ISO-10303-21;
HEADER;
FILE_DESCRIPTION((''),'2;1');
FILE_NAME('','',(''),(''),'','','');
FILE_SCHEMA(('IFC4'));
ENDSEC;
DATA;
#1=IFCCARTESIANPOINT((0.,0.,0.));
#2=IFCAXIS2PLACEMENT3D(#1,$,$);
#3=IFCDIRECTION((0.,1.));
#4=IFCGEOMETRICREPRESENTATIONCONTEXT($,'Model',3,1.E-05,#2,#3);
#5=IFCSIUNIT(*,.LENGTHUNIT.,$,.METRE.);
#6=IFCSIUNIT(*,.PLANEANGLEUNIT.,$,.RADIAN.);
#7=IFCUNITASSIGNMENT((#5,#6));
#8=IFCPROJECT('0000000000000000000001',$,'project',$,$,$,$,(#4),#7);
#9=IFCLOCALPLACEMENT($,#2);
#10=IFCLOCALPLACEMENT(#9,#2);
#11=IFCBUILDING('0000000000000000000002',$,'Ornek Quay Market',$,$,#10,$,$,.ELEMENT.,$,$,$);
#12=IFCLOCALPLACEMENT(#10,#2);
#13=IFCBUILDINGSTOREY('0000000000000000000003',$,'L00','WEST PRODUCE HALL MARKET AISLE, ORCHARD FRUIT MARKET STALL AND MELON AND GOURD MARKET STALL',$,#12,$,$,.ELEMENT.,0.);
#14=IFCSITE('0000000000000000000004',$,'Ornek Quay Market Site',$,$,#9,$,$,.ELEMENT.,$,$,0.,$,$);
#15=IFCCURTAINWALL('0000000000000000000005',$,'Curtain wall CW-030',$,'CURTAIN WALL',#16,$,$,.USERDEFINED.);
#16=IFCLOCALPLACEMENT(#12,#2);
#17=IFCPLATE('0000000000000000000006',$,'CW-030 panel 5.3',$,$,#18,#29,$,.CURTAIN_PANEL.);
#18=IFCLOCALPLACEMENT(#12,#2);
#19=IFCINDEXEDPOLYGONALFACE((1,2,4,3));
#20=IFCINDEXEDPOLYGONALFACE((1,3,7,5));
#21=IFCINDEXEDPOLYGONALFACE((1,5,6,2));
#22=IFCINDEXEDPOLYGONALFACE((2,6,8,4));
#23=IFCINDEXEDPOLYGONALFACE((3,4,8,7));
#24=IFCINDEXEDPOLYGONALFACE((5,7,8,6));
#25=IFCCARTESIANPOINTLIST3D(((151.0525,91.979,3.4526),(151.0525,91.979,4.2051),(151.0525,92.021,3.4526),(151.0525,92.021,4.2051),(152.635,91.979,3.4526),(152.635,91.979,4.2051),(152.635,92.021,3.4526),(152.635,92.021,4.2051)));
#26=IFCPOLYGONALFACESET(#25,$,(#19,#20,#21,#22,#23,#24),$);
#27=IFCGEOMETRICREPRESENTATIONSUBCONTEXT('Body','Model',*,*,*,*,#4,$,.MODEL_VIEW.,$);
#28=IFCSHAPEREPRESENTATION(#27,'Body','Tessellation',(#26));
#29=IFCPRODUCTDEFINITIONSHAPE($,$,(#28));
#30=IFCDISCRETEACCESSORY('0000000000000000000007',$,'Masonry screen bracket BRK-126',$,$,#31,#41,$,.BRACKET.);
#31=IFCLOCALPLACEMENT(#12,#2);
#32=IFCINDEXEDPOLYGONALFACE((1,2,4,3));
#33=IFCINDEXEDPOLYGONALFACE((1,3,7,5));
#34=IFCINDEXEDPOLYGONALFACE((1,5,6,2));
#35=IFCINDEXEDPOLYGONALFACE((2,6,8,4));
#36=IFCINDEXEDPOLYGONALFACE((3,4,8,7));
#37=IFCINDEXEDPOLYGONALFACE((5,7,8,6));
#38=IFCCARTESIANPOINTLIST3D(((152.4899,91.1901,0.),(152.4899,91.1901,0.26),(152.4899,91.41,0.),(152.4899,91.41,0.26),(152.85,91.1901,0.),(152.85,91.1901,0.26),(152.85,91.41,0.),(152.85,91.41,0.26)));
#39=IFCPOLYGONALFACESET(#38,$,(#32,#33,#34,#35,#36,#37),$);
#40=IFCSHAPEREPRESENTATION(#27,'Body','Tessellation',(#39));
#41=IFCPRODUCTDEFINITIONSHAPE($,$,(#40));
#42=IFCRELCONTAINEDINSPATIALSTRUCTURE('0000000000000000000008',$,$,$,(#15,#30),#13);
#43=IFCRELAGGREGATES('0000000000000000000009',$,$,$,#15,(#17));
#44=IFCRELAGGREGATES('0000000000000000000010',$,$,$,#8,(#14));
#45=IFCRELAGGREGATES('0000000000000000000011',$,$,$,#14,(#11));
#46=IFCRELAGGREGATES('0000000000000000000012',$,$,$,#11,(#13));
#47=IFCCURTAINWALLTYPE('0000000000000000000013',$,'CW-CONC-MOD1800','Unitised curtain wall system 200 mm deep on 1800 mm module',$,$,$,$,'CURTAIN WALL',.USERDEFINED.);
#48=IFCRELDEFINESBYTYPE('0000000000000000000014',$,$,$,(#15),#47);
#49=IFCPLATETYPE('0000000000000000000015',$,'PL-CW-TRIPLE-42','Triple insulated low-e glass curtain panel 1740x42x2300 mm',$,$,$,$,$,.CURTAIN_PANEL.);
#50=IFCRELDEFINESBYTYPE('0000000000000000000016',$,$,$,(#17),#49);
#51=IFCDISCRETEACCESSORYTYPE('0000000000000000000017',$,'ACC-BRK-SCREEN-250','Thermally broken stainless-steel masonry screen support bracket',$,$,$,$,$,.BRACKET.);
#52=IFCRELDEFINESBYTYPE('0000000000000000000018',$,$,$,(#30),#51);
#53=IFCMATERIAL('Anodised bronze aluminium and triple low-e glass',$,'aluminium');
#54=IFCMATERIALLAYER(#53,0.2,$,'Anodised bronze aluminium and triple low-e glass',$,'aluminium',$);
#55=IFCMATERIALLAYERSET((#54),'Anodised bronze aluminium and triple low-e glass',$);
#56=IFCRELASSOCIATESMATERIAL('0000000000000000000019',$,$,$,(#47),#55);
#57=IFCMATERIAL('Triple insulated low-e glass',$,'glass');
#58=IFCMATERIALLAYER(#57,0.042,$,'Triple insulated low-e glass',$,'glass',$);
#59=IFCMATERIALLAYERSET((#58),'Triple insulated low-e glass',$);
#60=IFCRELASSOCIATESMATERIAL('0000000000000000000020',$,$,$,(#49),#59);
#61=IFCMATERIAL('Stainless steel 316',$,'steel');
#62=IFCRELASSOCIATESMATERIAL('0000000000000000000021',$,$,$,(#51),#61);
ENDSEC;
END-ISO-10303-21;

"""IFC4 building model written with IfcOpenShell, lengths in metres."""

from ifc_helpers import new_model, si_unit, direction, frame, origin, origin_2d, place, context, subcontext, project, spatial, rectangle, extrude, material, layer, layer_set, type_object, element, aggregate, save


model = new_model("IFC4")

# Units and contexts
model_context = context("Model", 3, precision=1e-05, world=origin(), true_north=direction((0.0, 1.0)))
body_context = subcontext(model_context, "Body", "Model", "MODEL_VIEW")
ifc_project = project(units=[si_unit("LENGTHUNIT", "METRE"), si_unit("PLANEANGLEUNIT", "RADIAN")], contexts=[model_context])

# Site, building, storey
site_placement = place(None, origin())
site = spatial("IfcSite", under=ifc_project, at=site_placement, Name="Ornek Quay Market Site", CompositionType="ELEMENT", RefElevation=0.0)
building_placement = place(site_placement, origin())
building = spatial("IfcBuilding", under=site, at=building_placement, Name="Ornek Quay Market", CompositionType="ELEMENT")
storey_placement = place(building_placement, origin())
storey = spatial("IfcBuildingStorey", under=building, at=storey_placement, Name="L00", Description="WEST PRODUCE HALL MARKET AISLE, ORCHARD FRUIT MARKET STALL AND MELON AND GOURD MARKET STALL", CompositionType="ELEMENT", Elevation=0.0)

# Curtain wall, plate
ifc_material_1 = material(Name="Anodised bronze aluminium and triple low-e glass", Category="aluminium")
ifc_layer_1 = layer(ifc_material_1, 0.2, Name="Anodised bronze aluminium and triple low-e glass", Category="aluminium")
ifc_layer_set_1 = layer_set([ifc_layer_1], Name="Anodised bronze aluminium and triple low-e glass")
curtain_wall_type = type_object("IfcCurtainWallType", Name="CW-CONC-MOD1800", Description="Unitised curtain wall system 200 mm deep on 1800 mm module", ElementType="CURTAIN WALL", PredefinedType="USERDEFINED", material=ifc_layer_set_1)
curtain_wall_placement = place(storey_placement, origin())
curtain_wall = element("IfcCurtainWall", 1, at=curtain_wall_placement, inside=storey, type_object=curtain_wall_type, Name="Curtain wall CW-030", ObjectType="CURTAIN WALL", PredefinedType="USERDEFINED")
ifc_material_2 = material(Name="Triple insulated low-e glass", Category="glass")
ifc_layer_2 = layer(ifc_material_2, 0.042, Name="Triple insulated low-e glass", Category="glass")
ifc_layer_set_2 = layer_set([ifc_layer_2], Name="Triple insulated low-e glass")
plate_type = type_object("IfcPlateType", Name="PL-CW-TRIPLE-42", Description="Triple insulated low-e glass curtain panel 1740x42x2300 mm", PredefinedType="CURTAIN_PANEL", material=ifc_layer_set_2)
plate_1_placement = place(storey_placement, frame((151.8438, 92.0, 3.4526), z_axis=(0.0, 0.0, 1.0), x_axis=(1.0, 0.0, 0.0)))
plate_1 = element("IfcPlate", 2, at=plate_1_placement, type_object=plate_type, Name="CW-030 panel 5.3", PredefinedType="CURTAIN_PANEL", context=body_context, shape_type="SweptSolid", body=[
    extrude(rectangle(XDim=1.5825, YDim=0.042, at=origin_2d()), origin(), (0.0, 0.0, 1.0), 0.7524),
])
aggregate(curtain_wall, [plate_1])

# Discrete accessory
ifc_material_3 = material(Name="Stainless steel 316", Category="steel")
discrete_accessory_type = type_object("IfcDiscreteAccessoryType", Name="ACC-BRK-SCREEN-250", Description="Thermally broken stainless-steel masonry screen support bracket", PredefinedType="BRACKET", material=ifc_material_3)
discrete_accessory_placement = place(storey_placement, frame((152.6699, 91.3, 0.0), z_axis=(0.0, 0.0, 1.0), x_axis=(0.0, 1.0, 0.0)))
element("IfcDiscreteAccessory", 3, at=discrete_accessory_placement, inside=storey, type_object=discrete_accessory_type, Name="Masonry screen bracket BRK-126", PredefinedType="BRACKET", context=body_context, shape_type="SweptSolid", body=[
    extrude(rectangle(XDim=0.22, YDim=0.3601, at=origin_2d()), origin(), (0.0, 0.0, 1.0), 0.26),
])

save(model, "model.ifc")
